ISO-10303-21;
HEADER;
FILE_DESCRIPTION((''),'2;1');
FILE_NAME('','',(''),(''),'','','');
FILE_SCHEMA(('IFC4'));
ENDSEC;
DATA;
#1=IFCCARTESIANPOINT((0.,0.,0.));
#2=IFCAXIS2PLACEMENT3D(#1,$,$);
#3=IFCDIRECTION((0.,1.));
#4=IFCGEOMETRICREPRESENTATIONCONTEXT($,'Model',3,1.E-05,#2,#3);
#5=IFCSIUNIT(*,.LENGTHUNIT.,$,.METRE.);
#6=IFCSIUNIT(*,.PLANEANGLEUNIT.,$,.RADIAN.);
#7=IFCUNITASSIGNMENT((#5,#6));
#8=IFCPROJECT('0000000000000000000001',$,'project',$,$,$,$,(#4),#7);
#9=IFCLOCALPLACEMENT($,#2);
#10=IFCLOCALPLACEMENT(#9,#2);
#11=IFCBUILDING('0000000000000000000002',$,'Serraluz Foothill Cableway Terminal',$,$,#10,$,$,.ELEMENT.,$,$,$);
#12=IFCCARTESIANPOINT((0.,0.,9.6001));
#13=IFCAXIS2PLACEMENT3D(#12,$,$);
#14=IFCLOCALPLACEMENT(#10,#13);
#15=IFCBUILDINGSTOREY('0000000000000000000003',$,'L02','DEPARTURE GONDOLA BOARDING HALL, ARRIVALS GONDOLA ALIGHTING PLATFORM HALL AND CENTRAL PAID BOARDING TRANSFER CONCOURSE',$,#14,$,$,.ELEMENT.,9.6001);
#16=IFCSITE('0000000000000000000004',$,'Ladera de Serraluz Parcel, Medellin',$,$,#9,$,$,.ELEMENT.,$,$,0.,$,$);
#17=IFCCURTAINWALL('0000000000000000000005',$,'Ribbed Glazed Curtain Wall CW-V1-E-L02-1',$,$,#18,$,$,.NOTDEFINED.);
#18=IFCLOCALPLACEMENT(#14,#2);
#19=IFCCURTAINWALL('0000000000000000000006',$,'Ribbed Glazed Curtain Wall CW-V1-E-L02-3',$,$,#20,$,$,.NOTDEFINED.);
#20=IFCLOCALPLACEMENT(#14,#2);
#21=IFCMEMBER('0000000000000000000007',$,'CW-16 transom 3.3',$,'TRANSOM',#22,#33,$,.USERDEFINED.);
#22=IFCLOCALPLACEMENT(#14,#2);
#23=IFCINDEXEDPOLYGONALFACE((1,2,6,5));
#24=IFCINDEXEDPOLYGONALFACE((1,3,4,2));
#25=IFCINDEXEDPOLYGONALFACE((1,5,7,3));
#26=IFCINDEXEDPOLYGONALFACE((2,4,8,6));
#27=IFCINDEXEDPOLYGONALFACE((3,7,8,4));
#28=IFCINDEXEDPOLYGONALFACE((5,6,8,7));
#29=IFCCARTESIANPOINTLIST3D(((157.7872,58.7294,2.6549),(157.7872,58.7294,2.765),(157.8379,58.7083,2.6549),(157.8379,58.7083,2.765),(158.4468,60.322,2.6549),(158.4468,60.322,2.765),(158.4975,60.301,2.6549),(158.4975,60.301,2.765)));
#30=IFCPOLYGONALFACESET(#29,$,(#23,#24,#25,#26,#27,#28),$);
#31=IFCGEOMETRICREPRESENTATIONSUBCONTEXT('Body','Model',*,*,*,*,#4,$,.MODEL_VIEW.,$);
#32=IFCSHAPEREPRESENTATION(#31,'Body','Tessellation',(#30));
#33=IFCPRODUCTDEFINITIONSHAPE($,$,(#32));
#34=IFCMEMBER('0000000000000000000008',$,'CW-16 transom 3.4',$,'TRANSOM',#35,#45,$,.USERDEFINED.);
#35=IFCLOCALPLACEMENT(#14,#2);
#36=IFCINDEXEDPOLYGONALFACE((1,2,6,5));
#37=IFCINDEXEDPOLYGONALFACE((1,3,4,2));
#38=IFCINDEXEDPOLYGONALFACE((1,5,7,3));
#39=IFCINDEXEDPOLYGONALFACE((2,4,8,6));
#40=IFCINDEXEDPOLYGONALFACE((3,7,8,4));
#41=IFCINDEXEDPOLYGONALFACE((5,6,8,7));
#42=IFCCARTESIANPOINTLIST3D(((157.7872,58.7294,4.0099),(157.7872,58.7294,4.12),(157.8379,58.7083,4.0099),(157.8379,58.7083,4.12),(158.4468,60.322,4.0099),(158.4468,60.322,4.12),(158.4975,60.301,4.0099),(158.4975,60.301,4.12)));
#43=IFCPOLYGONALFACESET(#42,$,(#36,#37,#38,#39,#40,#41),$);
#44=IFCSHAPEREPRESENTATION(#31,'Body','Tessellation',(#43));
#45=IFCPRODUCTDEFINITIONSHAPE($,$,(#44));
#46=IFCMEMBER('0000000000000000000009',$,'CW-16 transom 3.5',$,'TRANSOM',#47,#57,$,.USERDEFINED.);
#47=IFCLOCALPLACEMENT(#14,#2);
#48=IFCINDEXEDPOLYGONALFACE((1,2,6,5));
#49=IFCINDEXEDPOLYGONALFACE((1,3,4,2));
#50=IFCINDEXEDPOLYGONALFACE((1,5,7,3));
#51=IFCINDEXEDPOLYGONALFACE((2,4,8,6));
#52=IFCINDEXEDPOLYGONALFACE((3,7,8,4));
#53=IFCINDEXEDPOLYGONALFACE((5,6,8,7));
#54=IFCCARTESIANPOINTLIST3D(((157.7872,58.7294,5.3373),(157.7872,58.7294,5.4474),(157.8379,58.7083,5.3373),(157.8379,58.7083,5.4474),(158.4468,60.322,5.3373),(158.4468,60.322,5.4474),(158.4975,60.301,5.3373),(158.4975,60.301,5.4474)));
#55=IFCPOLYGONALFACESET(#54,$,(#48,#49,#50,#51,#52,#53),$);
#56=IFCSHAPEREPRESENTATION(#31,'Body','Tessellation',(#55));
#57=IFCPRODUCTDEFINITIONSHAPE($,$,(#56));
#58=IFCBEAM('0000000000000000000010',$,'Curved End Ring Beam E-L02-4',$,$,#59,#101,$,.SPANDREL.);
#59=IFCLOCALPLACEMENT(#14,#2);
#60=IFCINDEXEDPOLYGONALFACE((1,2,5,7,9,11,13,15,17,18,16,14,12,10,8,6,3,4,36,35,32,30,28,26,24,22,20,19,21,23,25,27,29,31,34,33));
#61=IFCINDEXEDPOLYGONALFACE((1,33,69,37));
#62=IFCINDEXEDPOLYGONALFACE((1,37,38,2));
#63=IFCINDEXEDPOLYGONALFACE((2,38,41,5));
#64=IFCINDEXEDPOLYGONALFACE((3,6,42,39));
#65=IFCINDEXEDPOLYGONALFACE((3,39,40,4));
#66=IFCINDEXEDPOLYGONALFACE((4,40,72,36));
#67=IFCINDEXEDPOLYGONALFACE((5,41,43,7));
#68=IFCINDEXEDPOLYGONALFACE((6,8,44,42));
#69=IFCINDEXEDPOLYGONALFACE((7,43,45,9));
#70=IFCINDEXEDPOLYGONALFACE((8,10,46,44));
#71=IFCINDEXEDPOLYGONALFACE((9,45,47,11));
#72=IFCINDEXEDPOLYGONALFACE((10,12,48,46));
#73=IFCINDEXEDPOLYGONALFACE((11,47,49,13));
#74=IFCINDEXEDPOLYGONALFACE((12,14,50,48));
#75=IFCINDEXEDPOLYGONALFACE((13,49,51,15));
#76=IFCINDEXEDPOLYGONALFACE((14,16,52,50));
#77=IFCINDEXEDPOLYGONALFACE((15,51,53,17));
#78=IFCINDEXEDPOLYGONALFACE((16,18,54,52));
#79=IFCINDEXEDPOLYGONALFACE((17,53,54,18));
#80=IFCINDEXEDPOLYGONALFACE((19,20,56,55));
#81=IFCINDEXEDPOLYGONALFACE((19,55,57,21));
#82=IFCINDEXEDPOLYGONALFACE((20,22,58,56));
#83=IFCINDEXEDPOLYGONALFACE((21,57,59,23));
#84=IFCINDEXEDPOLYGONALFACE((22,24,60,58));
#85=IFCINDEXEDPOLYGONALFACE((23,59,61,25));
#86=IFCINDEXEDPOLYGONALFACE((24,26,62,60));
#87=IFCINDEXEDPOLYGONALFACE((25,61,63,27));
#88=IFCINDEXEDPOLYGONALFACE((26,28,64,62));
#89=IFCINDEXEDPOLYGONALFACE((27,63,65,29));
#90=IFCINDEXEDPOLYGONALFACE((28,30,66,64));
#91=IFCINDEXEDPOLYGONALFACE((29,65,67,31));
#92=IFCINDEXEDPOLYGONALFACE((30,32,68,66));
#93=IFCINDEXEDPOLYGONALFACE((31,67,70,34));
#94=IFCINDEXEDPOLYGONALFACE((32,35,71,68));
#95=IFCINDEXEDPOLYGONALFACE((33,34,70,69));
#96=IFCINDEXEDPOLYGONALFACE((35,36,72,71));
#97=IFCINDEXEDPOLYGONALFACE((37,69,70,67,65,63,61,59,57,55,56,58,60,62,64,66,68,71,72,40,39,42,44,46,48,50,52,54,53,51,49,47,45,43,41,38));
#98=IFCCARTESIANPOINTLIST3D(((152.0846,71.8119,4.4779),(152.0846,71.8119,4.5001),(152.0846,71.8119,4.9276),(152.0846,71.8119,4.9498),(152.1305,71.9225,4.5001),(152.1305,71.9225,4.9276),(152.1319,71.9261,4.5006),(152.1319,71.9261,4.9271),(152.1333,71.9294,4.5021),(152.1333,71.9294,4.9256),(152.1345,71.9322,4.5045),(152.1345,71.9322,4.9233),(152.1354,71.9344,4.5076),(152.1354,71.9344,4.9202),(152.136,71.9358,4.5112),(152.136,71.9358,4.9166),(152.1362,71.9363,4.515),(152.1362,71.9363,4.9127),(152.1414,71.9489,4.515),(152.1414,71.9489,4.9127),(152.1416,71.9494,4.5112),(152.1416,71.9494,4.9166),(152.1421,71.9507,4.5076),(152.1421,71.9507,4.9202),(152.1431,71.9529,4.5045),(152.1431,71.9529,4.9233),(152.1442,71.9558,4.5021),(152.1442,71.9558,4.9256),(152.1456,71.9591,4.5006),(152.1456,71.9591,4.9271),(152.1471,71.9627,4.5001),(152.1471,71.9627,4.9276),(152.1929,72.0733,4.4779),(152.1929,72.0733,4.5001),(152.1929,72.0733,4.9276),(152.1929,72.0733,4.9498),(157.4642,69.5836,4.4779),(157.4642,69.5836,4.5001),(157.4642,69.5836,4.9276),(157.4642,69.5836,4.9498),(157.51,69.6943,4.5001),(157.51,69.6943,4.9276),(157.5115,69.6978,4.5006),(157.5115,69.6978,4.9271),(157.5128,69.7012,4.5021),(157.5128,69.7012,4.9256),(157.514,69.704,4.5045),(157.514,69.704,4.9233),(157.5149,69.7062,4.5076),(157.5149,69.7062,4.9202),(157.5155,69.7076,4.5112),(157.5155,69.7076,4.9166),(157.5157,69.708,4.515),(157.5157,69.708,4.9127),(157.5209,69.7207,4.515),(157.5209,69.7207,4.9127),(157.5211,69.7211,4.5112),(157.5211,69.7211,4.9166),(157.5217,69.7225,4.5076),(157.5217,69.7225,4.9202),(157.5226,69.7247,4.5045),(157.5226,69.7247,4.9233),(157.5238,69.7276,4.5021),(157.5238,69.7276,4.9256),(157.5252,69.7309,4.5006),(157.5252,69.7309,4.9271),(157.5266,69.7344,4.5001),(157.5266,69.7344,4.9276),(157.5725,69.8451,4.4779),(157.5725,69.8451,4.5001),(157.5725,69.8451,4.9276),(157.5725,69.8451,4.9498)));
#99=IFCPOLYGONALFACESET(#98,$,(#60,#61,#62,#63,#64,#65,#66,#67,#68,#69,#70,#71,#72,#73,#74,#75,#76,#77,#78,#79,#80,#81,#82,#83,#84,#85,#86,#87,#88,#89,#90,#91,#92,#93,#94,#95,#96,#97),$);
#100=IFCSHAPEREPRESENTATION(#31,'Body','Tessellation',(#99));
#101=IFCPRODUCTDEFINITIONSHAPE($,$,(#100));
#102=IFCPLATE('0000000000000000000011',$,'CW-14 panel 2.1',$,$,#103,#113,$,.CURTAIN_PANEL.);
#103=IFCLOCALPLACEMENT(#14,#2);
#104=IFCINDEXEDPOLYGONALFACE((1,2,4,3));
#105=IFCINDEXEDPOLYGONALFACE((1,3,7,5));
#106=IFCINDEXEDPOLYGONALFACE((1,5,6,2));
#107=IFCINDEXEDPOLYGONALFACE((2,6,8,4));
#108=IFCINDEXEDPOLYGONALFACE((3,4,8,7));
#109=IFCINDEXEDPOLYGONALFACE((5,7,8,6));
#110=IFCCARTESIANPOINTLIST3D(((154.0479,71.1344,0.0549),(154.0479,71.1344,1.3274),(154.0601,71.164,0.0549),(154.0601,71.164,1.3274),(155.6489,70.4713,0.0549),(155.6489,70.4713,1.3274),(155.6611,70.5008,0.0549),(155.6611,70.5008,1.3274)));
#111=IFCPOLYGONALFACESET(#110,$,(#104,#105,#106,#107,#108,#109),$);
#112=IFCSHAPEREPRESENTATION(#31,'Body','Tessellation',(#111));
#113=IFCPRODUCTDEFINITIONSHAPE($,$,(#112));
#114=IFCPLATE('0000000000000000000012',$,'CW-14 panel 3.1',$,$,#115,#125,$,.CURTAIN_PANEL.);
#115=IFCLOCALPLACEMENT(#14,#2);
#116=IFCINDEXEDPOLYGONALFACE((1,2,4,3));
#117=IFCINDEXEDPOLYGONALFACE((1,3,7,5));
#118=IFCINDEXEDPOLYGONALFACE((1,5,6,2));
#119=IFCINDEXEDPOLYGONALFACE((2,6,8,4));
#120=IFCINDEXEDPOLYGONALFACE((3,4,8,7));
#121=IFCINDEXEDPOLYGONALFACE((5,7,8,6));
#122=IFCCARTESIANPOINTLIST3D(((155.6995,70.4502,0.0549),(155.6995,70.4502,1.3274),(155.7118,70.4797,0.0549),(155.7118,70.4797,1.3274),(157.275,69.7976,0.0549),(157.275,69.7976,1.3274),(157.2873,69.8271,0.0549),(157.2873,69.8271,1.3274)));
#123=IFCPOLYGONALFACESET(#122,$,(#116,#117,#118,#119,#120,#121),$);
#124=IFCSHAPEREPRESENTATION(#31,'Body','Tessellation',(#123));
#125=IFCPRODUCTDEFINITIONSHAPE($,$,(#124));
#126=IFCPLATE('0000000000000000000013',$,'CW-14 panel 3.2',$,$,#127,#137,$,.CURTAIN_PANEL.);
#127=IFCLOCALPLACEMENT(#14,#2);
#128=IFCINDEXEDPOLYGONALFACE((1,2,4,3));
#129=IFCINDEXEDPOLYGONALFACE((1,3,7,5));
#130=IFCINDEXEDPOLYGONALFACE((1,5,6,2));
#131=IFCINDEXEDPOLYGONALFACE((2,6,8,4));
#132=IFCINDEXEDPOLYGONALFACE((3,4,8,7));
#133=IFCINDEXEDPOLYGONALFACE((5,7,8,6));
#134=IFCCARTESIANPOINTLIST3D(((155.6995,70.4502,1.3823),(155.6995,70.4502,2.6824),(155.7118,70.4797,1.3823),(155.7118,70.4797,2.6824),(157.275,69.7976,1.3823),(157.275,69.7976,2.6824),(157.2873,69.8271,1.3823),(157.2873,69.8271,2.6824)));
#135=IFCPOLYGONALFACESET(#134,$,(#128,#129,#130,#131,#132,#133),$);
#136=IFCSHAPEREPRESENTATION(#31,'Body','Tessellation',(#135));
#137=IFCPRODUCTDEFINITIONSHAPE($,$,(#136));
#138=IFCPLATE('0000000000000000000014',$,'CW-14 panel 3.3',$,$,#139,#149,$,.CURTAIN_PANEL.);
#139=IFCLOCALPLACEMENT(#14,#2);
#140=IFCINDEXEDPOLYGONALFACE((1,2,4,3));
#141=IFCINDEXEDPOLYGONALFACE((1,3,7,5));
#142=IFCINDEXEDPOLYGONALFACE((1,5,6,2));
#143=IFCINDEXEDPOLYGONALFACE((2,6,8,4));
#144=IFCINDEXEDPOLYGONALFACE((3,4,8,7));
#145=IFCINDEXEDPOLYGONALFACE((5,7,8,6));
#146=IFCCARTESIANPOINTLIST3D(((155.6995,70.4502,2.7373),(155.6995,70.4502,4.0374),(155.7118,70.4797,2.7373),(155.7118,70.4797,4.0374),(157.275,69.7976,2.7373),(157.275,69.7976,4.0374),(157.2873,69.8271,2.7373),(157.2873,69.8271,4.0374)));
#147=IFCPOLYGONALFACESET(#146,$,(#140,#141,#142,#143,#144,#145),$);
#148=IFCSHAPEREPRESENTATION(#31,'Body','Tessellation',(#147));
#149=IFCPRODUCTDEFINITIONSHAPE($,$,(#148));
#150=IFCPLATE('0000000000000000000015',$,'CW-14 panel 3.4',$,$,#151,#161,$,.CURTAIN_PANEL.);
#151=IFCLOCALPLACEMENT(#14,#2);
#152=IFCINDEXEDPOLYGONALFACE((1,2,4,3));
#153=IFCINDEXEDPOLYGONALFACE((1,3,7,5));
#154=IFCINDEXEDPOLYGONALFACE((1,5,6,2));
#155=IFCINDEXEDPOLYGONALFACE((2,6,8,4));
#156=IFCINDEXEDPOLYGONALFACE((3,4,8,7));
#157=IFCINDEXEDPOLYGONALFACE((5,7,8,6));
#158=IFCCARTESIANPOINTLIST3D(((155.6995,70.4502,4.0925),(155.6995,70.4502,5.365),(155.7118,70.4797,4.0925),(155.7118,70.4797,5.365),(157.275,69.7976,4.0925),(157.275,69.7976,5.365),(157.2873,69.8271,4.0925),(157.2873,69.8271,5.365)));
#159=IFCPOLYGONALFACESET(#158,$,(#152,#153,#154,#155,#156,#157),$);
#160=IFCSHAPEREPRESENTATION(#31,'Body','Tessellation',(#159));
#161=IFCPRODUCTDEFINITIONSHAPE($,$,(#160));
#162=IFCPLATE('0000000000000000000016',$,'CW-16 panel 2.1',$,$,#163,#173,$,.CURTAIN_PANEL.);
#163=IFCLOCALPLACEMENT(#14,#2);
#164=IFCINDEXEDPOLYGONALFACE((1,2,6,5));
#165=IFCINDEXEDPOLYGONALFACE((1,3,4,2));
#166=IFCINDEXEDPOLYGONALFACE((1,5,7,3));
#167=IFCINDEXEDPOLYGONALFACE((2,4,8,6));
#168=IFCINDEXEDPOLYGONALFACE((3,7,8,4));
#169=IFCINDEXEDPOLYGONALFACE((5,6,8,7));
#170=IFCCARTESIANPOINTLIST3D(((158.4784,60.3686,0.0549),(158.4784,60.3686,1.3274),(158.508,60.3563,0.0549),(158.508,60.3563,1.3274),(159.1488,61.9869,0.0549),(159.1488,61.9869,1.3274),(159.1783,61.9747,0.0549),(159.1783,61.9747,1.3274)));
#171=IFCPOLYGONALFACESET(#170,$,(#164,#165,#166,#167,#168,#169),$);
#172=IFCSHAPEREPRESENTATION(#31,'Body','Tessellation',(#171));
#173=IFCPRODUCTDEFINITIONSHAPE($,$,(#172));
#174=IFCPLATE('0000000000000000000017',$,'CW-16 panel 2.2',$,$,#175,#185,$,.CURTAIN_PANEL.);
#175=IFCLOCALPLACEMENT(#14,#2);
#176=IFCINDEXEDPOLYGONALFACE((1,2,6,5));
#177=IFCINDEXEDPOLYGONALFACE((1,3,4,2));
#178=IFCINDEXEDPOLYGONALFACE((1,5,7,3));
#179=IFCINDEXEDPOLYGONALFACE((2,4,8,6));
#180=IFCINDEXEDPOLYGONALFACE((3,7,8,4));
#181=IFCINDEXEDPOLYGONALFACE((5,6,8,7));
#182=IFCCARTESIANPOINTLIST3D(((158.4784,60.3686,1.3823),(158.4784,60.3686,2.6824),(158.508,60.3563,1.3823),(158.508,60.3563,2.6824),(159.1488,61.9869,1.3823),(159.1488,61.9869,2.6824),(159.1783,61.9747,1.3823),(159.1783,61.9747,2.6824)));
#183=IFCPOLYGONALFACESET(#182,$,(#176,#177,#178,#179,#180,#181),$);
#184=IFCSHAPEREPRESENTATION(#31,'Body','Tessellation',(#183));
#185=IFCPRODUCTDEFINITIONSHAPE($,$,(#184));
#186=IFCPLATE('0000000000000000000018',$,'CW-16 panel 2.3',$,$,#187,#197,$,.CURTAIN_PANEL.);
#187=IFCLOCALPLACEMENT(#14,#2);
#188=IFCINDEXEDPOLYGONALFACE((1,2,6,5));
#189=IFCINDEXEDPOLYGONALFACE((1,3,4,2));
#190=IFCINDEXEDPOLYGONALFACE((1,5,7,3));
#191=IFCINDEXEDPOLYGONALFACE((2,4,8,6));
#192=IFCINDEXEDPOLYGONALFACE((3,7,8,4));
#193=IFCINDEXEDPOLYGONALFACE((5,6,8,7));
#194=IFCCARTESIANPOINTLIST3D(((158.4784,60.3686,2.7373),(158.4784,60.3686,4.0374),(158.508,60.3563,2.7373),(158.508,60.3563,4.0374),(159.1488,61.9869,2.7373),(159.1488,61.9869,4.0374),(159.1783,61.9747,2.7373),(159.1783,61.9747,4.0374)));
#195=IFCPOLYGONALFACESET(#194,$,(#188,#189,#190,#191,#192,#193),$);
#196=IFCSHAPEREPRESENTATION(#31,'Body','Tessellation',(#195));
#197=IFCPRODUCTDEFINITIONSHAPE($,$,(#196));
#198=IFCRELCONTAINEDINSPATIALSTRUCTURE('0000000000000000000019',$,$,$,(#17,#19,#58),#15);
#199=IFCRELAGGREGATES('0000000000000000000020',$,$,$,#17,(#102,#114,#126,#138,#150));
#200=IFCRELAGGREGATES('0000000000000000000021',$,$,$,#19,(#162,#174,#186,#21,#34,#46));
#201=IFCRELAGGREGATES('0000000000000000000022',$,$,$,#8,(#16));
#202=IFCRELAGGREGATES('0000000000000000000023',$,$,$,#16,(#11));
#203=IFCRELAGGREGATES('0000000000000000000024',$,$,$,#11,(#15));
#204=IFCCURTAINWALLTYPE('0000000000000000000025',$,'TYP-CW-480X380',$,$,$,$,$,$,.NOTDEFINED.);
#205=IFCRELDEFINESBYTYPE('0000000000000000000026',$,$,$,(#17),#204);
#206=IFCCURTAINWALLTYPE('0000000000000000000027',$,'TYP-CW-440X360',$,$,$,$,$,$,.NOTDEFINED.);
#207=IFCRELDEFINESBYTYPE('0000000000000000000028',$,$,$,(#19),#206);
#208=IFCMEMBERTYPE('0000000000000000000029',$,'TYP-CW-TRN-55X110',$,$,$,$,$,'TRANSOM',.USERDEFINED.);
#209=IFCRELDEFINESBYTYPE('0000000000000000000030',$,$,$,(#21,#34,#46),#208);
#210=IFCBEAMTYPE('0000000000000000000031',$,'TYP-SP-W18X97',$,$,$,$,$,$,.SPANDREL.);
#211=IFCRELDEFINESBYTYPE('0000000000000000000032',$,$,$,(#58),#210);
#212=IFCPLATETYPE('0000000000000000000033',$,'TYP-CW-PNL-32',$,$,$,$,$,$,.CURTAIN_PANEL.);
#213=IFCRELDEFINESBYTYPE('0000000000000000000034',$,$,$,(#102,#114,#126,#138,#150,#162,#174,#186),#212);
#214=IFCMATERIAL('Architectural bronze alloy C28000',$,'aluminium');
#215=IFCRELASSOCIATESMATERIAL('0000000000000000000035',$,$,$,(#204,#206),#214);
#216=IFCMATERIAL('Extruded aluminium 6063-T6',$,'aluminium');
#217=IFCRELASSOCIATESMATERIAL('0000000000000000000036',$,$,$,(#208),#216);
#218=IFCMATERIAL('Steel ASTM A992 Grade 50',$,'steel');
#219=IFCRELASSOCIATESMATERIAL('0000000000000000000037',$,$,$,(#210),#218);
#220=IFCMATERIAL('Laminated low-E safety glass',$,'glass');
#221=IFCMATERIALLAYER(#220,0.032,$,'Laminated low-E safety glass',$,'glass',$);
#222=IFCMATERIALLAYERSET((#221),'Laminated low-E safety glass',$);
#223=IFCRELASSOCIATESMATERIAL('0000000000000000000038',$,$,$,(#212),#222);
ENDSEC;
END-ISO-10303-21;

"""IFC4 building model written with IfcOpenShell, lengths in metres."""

from ifc_helpers import new_model, si_unit, direction, frame, origin, origin_2d, place, context, subcontext, project, spatial, rectangle, i_section, extrude, material, layer, layer_set, material_profile, profile_set, type_object, element, aggregate, save


model = new_model("IFC4")

# Units and contexts
model_context = context("Model", 3, precision=1e-05, world=origin(), true_north=direction((0.0, 1.0)))
body_context = subcontext(model_context, "Body", "Model", "MODEL_VIEW")
ifc_project = project(units=[si_unit("LENGTHUNIT", "METRE"), si_unit("PLANEANGLEUNIT", "RADIAN")], contexts=[model_context])

# Site, building, storey
site_placement = place(None, origin())
site = spatial("IfcSite", under=ifc_project, at=site_placement, Name="Ladera de Serraluz Parcel, Medellin", CompositionType="ELEMENT", RefElevation=0.0)
building_placement = place(site_placement, origin())
building = spatial("IfcBuilding", under=site, at=building_placement, Name="Serraluz Foothill Cableway Terminal", CompositionType="ELEMENT")
storey_placement = place(building_placement, frame((0.0, 0.0, 9.6001)))
storey = spatial("IfcBuildingStorey", under=building, at=storey_placement, Name="L02", Description="DEPARTURE GONDOLA BOARDING HALL, ARRIVALS GONDOLA ALIGHTING PLATFORM HALL AND CENTRAL PAID BOARDING TRANSFER CONCOURSE", CompositionType="ELEMENT", Elevation=9.6001)

# Curtain wall
ifc_material_1 = material(Name="Architectural bronze alloy C28000", Category="aluminium")
curtain_wall_type_1 = type_object("IfcCurtainWallType", Name="TYP-CW-480X380", PredefinedType="NOTDEFINED", material=ifc_material_1)
curtain_wall_1_placement = place(storey_placement, origin())
curtain_wall_1 = element("IfcCurtainWall", 1, at=curtain_wall_1_placement, inside=storey, type_object=curtain_wall_type_1, Name="Ribbed Glazed Curtain Wall CW-V1-E-L02-1", PredefinedType="NOTDEFINED")
ifc_material_2 = material(Name="Extruded aluminium 6063-T6", Category="aluminium")

# Curtain wall
curtain_wall_type_2 = type_object("IfcCurtainWallType", Name="TYP-CW-440X360", PredefinedType="NOTDEFINED", material=ifc_material_1)
curtain_wall_2_placement = place(storey_placement, origin())
curtain_wall_2 = element("IfcCurtainWall", 2, at=curtain_wall_2_placement, inside=storey, type_object=curtain_wall_type_2, Name="Ribbed Glazed Curtain Wall CW-V1-E-L02-3", PredefinedType="NOTDEFINED")

# Members
ifc_material_profile_1 = material_profile(ifc_material_2, rectangle(XDim=0.0549, YDim=0.1101, at=origin_2d()), Name="ALU TRANSOM 55x110")
ifc_profile_set_1 = profile_set([ifc_material_profile_1], Name="Extruded aluminium 6063-T6")
member_type_1 = type_object("IfcMemberType", Name="TYP-CW-TRN-55X110", ElementType="TRANSOM", PredefinedType="USERDEFINED", material=ifc_profile_set_1)
member_1_placement = place(storey_placement, frame((158.4722, 60.3115, 2.71), z_axis=(-0.382644, -0.923896, 0.0), x_axis=(0.923896, -0.382644, 0.0)))
member_1 = element("IfcMember", 3, at=member_1_placement, type_object=member_type_1, Name="CW-16 transom 3.3", ObjectType="TRANSOM", PredefinedType="USERDEFINED", context=body_context, shape_type="SweptSolid", body=[
    extrude(rectangle(XDim=0.0549, YDim=0.1101, at=origin_2d()), origin(), (0.0, 0.0, 1.0), 1.7239),
])
member_2_placement = place(storey_placement, frame((158.4722, 60.3115, 4.0649), z_axis=(-0.382644, -0.923896, 0.0), x_axis=(0.923896, -0.382644, 0.0)))
member_2 = element("IfcMember", 4, at=member_2_placement, type_object=member_type_1, Name="CW-16 transom 3.4", ObjectType="TRANSOM", PredefinedType="USERDEFINED", context=body_context, shape_type="SweptSolid", body=[
    extrude(rectangle(XDim=0.0549, YDim=0.1101, at=origin_2d()), origin(), (0.0, 0.0, 1.0), 1.7239),
])
member_3_placement = place(storey_placement, frame((158.4722, 60.3115, 5.3923), z_axis=(-0.382644, -0.923896, 0.0), x_axis=(0.923896, -0.382644, 0.0)))
member_3 = element("IfcMember", 5, at=member_3_placement, type_object=member_type_1, Name="CW-16 transom 3.5", ObjectType="TRANSOM", PredefinedType="USERDEFINED", context=body_context, shape_type="SweptSolid", body=[
    extrude(rectangle(XDim=0.0549, YDim=0.1101, at=origin_2d()), origin(), (0.0, 0.0, 1.0), 1.7239),
])

# Beam
ifc_material_3 = material(Name="Steel ASTM A992 Grade 50", Category="steel")
ifc_material_profile_2 = material_profile(ifc_material_3, i_section(OverallWidth=0.283, OverallDepth=0.4719, WebThickness=0.0137, FlangeThickness=0.0222, FilletRadius=0.0149, at=origin_2d()), Name="W18X97")
ifc_profile_set_2 = profile_set([ifc_material_profile_2], Name="Steel ASTM A992 Grade 50")
beam_type = type_object("IfcBeamType", Name="TYP-SP-W18X97", PredefinedType="SPANDREL", material=ifc_profile_set_2)
beam_placement = place(storey_placement, frame((157.5183, 69.7144, 4.7139), z_axis=(-0.923882, 0.382676, 0.0), x_axis=(-0.382676, -0.923882, 0.0)))
element("IfcBeam", 6, at=beam_placement, inside=storey, type_object=beam_type, Name="Curved End Ring Beam E-L02-4", PredefinedType="SPANDREL", context=body_context, shape_type="SweptSolid", body=[
    extrude(i_section(OverallWidth=0.283, OverallDepth=0.4719, WebThickness=0.0137, FlangeThickness=0.0222, FilletRadius=0.0149, at=origin_2d()), origin(), (0.0, 0.0, 1.0), 5.8228),
])

# Plates
ifc_material_4 = material(Name="Laminated low-E safety glass", Category="glass")
ifc_layer_1 = layer(ifc_material_4, 0.032, Name="Laminated low-E safety glass", Category="glass")
ifc_layer_set_1 = layer_set([ifc_layer_1], Name="Laminated low-E safety glass")
plate_type_1 = type_object("IfcPlateType", Name="TYP-CW-PNL-32", PredefinedType="CURTAIN_PANEL", material=ifc_layer_set_1)
plate_1_placement = place(storey_placement, frame((154.8545, 70.8176, 0.0549), z_axis=(0.0, 0.0, 1.0), x_axis=(0.92388, -0.382682, 0.0)))
plate_1 = element("IfcPlate", 7, at=plate_1_placement, type_object=plate_type_1, Name="CW-14 panel 2.1", PredefinedType="CURTAIN_PANEL", context=body_context, shape_type="SweptSolid", body=[
    extrude(rectangle(XDim=1.7329, YDim=0.032, at=origin_2d()), origin(), (0.0, 0.0, 1.0), 1.2725),
])
plate_2_placement = place(storey_placement, frame((156.4934, 70.1387, 0.0549), z_axis=(0.0, 0.0, 1.0), x_axis=(0.92388, -0.382682, 0.0)))
plate_2 = element("IfcPlate", 8, at=plate_2_placement, type_object=plate_type_1, Name="CW-14 panel 3.1", PredefinedType="CURTAIN_PANEL", context=body_context, shape_type="SweptSolid", body=[
    extrude(rectangle(XDim=1.7053, YDim=0.032, at=origin_2d()), origin(), (0.0, 0.0, 1.0), 1.2725),
])
plate_3_placement = place(storey_placement, frame((156.4934, 70.1387, 1.3823), z_axis=(0.0, 0.0, 1.0), x_axis=(0.92388, -0.382682, 0.0)))
plate_3 = element("IfcPlate", 9, at=plate_3_placement, type_object=plate_type_1, Name="CW-14 panel 3.2", PredefinedType="CURTAIN_PANEL", context=body_context, shape_type="SweptSolid", body=[
    extrude(rectangle(XDim=1.7053, YDim=0.032, at=origin_2d()), origin(), (0.0, 0.0, 1.0), 1.3),
])
plate_4_placement = place(storey_placement, frame((156.4934, 70.1387, 2.7373), z_axis=(0.0, 0.0, 1.0), x_axis=(0.92388, -0.382682, 0.0)))
plate_4 = element("IfcPlate", 10, at=plate_4_placement, type_object=plate_type_1, Name="CW-14 panel 3.3", PredefinedType="CURTAIN_PANEL", context=body_context, shape_type="SweptSolid", body=[
    extrude(rectangle(XDim=1.7053, YDim=0.032, at=origin_2d()), origin(), (0.0, 0.0, 1.0), 1.3),
])
plate_5_placement = place(storey_placement, frame((156.4934, 70.1387, 4.0925), z_axis=(0.0, 0.0, 1.0), x_axis=(0.92388, -0.382682, 0.0)))
plate_5 = element("IfcPlate", 11, at=plate_5_placement, type_object=plate_type_1, Name="CW-14 panel 3.4", PredefinedType="CURTAIN_PANEL", context=body_context, shape_type="SweptSolid", body=[
    extrude(rectangle(XDim=1.7053, YDim=0.032, at=origin_2d()), origin(), (0.0, 0.0, 1.0), 1.2725),
])
aggregate(curtain_wall_1, [plate_1, plate_2, plate_3, plate_4, plate_5])
plate_6_placement = place(storey_placement, frame((158.8284, 61.1716, 0.0549), z_axis=(0.0, 0.0, 1.0), x_axis=(-0.382685, -0.923879, 0.0)))
plate_6 = element("IfcPlate", 12, at=plate_6_placement, type_object=plate_type_1, Name="CW-16 panel 2.1", PredefinedType="CURTAIN_PANEL", context=body_context, shape_type="SweptSolid", body=[
    extrude(rectangle(XDim=1.7517, YDim=0.032, at=origin_2d()), origin(), (0.0, 0.0, 1.0), 1.2725),
])
plate_7_placement = place(storey_placement, frame((158.8284, 61.1716, 1.3823), z_axis=(0.0, 0.0, 1.0), x_axis=(-0.382685, -0.923879, 0.0)))
plate_7 = element("IfcPlate", 13, at=plate_7_placement, type_object=plate_type_1, Name="CW-16 panel 2.2", PredefinedType="CURTAIN_PANEL", context=body_context, shape_type="SweptSolid", body=[
    extrude(rectangle(XDim=1.7517, YDim=0.032, at=origin_2d()), origin(), (0.0, 0.0, 1.0), 1.3),
])
plate_8_placement = place(storey_placement, frame((158.8284, 61.1716, 2.7373), z_axis=(0.0, 0.0, 1.0), x_axis=(-0.382685, -0.923879, 0.0)))
plate_8 = element("IfcPlate", 14, at=plate_8_placement, type_object=plate_type_1, Name="CW-16 panel 2.3", PredefinedType="CURTAIN_PANEL", context=body_context, shape_type="SweptSolid", body=[
    extrude(rectangle(XDim=1.7517, YDim=0.032, at=origin_2d()), origin(), (0.0, 0.0, 1.0), 1.3),
])
aggregate(curtain_wall_2, [plate_6, plate_7, plate_8, member_1, member_2, member_3])

save(model, "model.ifc")
